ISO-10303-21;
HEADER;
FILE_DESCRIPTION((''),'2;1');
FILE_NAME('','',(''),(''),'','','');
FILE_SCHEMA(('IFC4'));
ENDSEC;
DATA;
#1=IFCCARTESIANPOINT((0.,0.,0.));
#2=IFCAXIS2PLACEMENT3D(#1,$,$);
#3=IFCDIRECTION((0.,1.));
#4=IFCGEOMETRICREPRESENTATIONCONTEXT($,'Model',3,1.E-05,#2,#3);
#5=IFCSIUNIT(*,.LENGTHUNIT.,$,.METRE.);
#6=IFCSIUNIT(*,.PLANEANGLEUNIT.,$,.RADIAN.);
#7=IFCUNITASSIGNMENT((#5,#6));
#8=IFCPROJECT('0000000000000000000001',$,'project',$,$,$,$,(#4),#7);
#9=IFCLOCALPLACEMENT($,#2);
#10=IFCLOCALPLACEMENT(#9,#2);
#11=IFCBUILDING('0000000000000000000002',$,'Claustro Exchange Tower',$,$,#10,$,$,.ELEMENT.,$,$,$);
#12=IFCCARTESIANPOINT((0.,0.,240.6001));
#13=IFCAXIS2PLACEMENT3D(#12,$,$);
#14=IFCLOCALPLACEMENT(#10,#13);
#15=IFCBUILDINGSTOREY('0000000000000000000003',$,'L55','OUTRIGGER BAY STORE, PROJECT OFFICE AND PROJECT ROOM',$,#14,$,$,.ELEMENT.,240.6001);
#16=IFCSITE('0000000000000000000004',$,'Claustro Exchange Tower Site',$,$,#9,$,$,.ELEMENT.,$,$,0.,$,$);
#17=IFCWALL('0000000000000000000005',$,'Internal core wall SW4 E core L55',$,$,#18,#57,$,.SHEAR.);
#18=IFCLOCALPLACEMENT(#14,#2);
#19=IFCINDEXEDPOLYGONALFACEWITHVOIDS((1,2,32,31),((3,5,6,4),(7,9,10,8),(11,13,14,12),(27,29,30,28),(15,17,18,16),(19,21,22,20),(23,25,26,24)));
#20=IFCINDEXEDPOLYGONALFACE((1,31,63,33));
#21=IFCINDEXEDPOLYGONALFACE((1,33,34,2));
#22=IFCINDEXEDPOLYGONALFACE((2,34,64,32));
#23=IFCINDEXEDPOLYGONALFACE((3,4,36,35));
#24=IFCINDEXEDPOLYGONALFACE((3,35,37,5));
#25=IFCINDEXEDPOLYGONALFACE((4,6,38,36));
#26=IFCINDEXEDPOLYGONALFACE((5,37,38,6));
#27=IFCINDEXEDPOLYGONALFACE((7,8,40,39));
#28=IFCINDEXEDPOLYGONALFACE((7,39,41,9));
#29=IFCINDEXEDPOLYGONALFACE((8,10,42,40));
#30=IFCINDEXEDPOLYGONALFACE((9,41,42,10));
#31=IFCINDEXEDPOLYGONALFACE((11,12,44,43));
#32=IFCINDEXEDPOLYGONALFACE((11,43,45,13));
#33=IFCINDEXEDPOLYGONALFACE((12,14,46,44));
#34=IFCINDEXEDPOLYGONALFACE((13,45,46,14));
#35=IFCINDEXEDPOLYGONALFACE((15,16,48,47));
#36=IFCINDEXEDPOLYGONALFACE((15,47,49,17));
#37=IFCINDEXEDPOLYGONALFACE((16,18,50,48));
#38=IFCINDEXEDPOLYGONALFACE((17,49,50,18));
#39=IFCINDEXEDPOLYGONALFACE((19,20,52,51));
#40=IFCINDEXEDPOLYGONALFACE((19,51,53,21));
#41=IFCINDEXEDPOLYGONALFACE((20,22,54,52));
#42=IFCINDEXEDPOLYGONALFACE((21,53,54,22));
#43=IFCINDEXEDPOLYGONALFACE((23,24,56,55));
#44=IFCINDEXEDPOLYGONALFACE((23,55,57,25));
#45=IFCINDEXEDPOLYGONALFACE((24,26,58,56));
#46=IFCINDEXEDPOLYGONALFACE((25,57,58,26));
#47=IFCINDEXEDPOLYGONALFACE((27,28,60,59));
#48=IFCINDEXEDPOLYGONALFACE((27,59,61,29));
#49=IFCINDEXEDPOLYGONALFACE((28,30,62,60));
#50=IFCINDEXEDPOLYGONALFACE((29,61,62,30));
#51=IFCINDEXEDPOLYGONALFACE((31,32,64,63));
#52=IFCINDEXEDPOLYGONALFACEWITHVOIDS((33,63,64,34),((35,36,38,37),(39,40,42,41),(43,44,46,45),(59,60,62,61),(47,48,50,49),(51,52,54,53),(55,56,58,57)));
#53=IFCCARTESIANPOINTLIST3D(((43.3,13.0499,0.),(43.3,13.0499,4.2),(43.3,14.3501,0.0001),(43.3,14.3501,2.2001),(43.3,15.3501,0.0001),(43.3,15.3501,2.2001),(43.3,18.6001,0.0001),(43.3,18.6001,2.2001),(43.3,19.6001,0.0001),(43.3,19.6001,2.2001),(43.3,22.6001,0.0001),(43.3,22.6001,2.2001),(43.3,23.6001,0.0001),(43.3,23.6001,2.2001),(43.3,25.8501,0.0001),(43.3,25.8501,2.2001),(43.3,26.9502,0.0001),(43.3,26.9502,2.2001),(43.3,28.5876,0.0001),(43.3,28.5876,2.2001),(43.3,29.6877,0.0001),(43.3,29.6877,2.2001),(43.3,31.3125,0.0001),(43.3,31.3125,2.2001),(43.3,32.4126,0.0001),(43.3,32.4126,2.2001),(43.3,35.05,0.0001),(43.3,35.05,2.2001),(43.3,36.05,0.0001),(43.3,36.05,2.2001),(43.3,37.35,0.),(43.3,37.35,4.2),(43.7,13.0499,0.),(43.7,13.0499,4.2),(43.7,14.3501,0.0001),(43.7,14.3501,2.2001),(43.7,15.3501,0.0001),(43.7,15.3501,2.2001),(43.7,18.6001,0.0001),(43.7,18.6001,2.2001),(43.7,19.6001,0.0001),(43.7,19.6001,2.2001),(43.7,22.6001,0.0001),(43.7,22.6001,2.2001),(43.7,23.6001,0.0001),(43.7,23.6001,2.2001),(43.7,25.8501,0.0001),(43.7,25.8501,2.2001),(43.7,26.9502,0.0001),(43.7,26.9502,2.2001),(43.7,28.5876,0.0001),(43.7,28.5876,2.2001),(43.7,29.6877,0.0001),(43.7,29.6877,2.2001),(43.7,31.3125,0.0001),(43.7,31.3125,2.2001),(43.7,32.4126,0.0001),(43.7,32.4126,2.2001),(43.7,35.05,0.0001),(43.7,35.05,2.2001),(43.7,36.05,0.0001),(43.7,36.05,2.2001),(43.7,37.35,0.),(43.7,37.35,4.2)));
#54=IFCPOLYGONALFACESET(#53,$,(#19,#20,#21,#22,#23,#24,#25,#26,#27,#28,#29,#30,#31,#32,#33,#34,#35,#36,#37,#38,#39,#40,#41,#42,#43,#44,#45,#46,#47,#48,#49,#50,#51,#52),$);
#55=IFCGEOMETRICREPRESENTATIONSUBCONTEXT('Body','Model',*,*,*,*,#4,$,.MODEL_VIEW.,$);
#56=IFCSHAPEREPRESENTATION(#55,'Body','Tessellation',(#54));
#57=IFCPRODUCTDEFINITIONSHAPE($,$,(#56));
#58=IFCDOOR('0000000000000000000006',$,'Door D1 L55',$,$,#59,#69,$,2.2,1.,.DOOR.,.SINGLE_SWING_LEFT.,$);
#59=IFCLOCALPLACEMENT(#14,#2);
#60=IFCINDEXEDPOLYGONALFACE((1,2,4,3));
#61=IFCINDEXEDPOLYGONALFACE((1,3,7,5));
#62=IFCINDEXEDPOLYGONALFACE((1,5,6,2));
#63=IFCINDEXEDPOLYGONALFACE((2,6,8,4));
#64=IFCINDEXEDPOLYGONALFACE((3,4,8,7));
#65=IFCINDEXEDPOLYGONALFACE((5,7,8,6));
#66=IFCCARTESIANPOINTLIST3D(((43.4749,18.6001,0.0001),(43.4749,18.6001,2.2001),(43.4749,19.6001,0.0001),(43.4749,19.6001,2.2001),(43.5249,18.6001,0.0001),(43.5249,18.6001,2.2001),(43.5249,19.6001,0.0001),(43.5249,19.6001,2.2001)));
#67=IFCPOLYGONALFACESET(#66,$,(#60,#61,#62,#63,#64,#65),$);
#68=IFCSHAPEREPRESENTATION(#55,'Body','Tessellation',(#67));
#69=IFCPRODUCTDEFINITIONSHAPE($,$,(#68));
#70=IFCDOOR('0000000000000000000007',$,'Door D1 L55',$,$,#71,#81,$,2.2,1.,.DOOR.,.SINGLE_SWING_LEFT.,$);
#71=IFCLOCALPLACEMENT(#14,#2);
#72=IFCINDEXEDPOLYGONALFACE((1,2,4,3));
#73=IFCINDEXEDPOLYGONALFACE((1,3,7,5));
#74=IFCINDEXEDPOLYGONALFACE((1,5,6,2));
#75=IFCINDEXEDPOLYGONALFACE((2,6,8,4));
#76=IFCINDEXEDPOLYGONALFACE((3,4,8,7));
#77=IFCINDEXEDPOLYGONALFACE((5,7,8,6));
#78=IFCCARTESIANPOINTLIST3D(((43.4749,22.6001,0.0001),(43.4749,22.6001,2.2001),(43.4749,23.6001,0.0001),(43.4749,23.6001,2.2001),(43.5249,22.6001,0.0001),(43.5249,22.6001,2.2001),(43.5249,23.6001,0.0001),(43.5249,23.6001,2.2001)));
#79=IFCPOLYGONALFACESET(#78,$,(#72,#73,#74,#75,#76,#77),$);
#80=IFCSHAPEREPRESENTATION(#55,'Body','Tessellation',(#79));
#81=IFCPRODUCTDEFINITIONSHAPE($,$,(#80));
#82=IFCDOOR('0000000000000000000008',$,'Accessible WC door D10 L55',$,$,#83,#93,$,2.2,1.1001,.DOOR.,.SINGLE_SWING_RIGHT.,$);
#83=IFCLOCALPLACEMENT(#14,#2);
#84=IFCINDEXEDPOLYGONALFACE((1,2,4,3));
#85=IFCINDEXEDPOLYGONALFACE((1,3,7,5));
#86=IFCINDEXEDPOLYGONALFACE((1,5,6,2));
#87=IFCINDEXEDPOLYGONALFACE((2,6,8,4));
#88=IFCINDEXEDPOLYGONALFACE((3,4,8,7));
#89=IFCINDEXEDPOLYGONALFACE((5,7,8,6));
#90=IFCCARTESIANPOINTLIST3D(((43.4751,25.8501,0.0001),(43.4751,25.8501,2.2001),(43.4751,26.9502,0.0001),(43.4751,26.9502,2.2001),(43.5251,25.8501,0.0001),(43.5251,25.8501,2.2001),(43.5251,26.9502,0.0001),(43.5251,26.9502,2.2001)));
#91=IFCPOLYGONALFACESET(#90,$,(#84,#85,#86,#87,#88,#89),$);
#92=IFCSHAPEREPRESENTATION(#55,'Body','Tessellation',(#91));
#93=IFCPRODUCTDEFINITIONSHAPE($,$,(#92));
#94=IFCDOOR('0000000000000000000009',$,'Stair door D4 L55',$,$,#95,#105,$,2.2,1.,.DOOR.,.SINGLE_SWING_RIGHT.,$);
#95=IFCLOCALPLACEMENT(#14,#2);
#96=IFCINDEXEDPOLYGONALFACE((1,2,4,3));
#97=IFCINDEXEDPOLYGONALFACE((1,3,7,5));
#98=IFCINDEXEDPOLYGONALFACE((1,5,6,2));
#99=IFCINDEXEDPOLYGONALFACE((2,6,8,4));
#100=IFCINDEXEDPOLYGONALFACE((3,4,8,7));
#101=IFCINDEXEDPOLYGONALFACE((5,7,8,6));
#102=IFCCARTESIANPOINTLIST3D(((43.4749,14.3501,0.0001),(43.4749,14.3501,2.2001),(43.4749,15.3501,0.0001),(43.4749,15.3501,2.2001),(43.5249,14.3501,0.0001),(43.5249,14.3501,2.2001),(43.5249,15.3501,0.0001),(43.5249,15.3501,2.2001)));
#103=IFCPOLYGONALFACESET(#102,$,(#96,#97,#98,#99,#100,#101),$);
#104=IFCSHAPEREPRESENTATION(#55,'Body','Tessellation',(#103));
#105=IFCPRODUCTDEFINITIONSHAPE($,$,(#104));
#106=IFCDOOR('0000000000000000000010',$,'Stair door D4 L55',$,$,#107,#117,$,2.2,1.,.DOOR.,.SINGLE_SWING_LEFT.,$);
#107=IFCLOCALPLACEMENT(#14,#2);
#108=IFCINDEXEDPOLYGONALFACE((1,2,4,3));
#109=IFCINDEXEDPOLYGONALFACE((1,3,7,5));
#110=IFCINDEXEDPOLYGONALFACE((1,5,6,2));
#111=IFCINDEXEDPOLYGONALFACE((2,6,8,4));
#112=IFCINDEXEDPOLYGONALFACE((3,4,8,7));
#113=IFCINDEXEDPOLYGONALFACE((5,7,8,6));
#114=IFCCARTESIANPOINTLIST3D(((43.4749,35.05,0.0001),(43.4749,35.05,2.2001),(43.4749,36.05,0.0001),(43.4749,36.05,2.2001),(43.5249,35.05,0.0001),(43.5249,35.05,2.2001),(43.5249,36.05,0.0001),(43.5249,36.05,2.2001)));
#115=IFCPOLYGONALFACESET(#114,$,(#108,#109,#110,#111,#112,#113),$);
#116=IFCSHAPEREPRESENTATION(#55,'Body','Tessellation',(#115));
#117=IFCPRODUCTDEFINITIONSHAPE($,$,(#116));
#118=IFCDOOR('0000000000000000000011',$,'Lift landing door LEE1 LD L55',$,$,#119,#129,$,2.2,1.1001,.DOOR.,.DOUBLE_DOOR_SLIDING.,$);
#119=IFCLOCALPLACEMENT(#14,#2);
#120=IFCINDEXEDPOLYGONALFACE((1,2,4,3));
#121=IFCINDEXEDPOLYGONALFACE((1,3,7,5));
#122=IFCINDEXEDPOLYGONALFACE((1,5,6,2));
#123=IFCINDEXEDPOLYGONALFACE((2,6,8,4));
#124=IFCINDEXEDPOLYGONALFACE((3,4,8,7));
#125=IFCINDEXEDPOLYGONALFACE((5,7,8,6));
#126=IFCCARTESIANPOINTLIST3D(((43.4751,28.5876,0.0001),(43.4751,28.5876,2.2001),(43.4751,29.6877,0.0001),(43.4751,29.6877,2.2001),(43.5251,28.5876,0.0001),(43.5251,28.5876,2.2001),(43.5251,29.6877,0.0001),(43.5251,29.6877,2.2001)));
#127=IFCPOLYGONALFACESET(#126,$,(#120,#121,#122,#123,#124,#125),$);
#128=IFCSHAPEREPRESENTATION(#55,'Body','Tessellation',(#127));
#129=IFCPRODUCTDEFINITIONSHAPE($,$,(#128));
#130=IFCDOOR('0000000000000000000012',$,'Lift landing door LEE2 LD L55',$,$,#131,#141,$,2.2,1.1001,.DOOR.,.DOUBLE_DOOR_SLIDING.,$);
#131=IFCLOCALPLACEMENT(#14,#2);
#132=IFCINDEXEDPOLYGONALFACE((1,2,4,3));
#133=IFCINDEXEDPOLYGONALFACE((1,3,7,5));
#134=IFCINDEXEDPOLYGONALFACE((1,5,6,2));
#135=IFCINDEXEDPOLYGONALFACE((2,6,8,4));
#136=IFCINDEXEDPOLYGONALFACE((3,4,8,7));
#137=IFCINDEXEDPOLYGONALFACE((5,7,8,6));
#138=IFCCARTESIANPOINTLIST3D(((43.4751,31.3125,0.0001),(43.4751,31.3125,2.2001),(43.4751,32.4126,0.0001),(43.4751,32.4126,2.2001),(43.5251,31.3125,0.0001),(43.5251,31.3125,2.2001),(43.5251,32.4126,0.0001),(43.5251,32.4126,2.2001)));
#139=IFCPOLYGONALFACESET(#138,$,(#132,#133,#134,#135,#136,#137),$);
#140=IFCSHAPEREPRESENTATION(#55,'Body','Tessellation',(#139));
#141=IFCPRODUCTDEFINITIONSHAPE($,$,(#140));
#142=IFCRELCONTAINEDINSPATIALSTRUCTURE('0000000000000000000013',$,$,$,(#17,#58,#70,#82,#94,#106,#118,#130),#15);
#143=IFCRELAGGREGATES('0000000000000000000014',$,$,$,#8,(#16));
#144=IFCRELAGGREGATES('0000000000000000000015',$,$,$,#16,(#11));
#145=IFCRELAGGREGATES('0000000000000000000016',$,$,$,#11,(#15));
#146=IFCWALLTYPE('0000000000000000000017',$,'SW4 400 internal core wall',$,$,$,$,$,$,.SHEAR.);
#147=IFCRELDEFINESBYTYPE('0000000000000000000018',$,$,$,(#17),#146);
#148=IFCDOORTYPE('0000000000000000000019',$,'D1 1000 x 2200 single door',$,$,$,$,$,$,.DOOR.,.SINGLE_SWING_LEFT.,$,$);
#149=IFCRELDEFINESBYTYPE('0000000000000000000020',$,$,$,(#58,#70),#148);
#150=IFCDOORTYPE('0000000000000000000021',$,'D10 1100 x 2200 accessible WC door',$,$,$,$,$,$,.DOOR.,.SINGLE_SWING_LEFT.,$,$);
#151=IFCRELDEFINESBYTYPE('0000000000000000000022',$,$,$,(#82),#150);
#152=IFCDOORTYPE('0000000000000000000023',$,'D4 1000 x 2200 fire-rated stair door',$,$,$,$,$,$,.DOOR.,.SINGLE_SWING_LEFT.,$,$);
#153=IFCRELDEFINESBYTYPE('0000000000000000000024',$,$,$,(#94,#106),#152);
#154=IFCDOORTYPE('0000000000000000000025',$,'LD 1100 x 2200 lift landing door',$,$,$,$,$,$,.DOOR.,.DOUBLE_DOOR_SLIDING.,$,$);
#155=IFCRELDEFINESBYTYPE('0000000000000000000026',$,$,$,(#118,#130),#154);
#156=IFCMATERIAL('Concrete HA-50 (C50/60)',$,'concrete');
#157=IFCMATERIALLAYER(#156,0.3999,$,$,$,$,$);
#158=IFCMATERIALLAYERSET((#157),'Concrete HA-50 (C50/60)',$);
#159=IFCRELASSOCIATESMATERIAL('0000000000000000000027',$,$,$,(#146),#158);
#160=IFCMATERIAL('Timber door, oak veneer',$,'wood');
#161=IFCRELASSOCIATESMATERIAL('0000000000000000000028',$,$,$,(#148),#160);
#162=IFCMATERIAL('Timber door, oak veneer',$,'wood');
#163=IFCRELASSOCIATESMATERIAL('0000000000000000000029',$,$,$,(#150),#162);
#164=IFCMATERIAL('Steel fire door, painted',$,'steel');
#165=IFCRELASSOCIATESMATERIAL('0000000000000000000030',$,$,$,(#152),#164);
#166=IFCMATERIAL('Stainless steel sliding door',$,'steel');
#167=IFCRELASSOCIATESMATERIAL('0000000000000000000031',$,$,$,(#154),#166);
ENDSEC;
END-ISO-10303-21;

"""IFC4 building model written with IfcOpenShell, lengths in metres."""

from ifc_helpers import new_model, si_unit, direction, frame, frame_2d, origin, place, context, subcontext, project, spatial, rectangle, extrude, material, layer, layer_set, type_object, element, fill, save


model = new_model("IFC4")

# Units and contexts
model_context = context("Model", 3, precision=1e-05, world=origin(), true_north=direction((0.0, 1.0)))
body_context = subcontext(model_context, "Body", "Model", "MODEL_VIEW")
ifc_project = project(units=[si_unit("LENGTHUNIT", "METRE"), si_unit("PLANEANGLEUNIT", "RADIAN")], contexts=[model_context])

# Site, building, storey
site_placement = place(None, origin())
site = spatial("IfcSite", under=ifc_project, at=site_placement, Name="Claustro Exchange Tower Site", CompositionType="ELEMENT", RefElevation=0.0)
building_placement = place(site_placement, origin())
building = spatial("IfcBuilding", under=site, at=building_placement, Name="Claustro Exchange Tower", CompositionType="ELEMENT")
storey_placement = place(building_placement, frame((0.0, 0.0, 240.6001)))
storey = spatial("IfcBuildingStorey", under=building, at=storey_placement, Name="L55", Description="OUTRIGGER BAY STORE, PROJECT OFFICE AND PROJECT ROOM", CompositionType="ELEMENT", Elevation=240.6001)

# Wall, openings, doors
ifc_material_1 = material(Name="Concrete HA-50 (C50/60)", Category="concrete")
ifc_layer_1 = layer(ifc_material_1, 0.3999)
ifc_layer_set_1 = layer_set([ifc_layer_1], Name="Concrete HA-50 (C50/60)")
wall_type_1 = type_object("IfcWallType", Name="SW4 400 internal core wall", PredefinedType="SHEAR", material=ifc_layer_set_1)
wall_1_placement = place(storey_placement, frame((43.5, 13.05, 0.0), z_axis=(0.0, 0.0, 1.0), x_axis=(0.0, 1.0, 0.0)))
wall_1 = element("IfcWall", 1, at=wall_1_placement, inside=storey, type_object=wall_type_1, Name="Internal core wall SW4 E core L55", PredefinedType="SHEAR", context=body_context, shape_type="SweptSolid", body=[
    extrude(rectangle(XDim=24.3, YDim=0.3999, at=frame_2d((12.1499, 0.0))), origin(), (0.0, 0.0, 1.0), 4.2),
])
opening_1_placement = place(wall_1_placement, frame((1.3, 0.0, 0.0)))
opening_1 = element("IfcOpeningElement", 2, at=opening_1_placement, cuts=wall_1, PredefinedType="OPENING", context=body_context, shape_type="SweptSolid", body=[
    extrude(rectangle(XDim=1.0, YDim=2.2, at=frame_2d((0.5, 1.1001))), frame((0.0, 0.21, 0.0), z_axis=(0.0, -1.0, 0.0), x_axis=(1.0, 0.0, 0.0)), (0.0, 0.0, 1.0), 0.4199),
])
opening_2_placement = place(wall_1_placement, frame((22.0, 0.0, 0.0)))
opening_2 = element("IfcOpeningElement", 3, at=opening_2_placement, cuts=wall_1, PredefinedType="OPENING", context=body_context, shape_type="SweptSolid", body=[
    extrude(rectangle(XDim=1.0, YDim=2.2, at=frame_2d((0.5, 1.1001))), frame((0.0, 0.21, 0.0), z_axis=(0.0, -1.0, 0.0), x_axis=(1.0, 0.0, 0.0)), (0.0, 0.0, 1.0), 0.4199),
])
opening_3_placement = place(wall_1_placement, frame((5.55, 0.0, 0.0)))
opening_3 = element("IfcOpeningElement", 4, at=opening_3_placement, cuts=wall_1, PredefinedType="OPENING", context=body_context, shape_type="SweptSolid", body=[
    extrude(rectangle(XDim=1.0, YDim=2.2, at=frame_2d((0.5, 1.1001))), frame((0.0, 0.21, 0.0), z_axis=(0.0, -1.0, 0.0), x_axis=(1.0, 0.0, 0.0)), (0.0, 0.0, 1.0), 0.4199),
])
opening_4_placement = place(wall_1_placement, frame((9.55, 0.0, 0.0)))
opening_4 = element("IfcOpeningElement", 5, at=opening_4_placement, cuts=wall_1, PredefinedType="OPENING", context=body_context, shape_type="SweptSolid", body=[
    extrude(rectangle(XDim=1.0, YDim=2.2, at=frame_2d((0.5, 1.1001))), frame((0.0, 0.21, 0.0), z_axis=(0.0, -1.0, 0.0), x_axis=(1.0, 0.0, 0.0)), (0.0, 0.0, 1.0), 0.4199),
])
opening_5_placement = place(wall_1_placement, frame((12.8, 0.0, 0.0)))
opening_5 = element("IfcOpeningElement", 6, at=opening_5_placement, cuts=wall_1, PredefinedType="OPENING", context=body_context, shape_type="SweptSolid", body=[
    extrude(rectangle(XDim=1.1001, YDim=2.2, at=frame_2d((0.55, 1.1001))), frame((0.0, 0.21, 0.0), z_axis=(0.0, -1.0, 0.0), x_axis=(1.0, 0.0, 0.0)), (0.0, 0.0, 1.0), 0.4199),
])
opening_6_placement = place(wall_1_placement, frame((15.5376, 0.0, 0.0)))
opening_6 = element("IfcOpeningElement", 7, at=opening_6_placement, cuts=wall_1, PredefinedType="OPENING", context=body_context, shape_type="SweptSolid", body=[
    extrude(rectangle(XDim=1.1001, YDim=2.2, at=frame_2d((0.55, 1.1001))), frame((0.0, 0.21, 0.0), z_axis=(0.0, -1.0, 0.0), x_axis=(1.0, 0.0, 0.0)), (0.0, 0.0, 1.0), 0.4199),
])
opening_7_placement = place(wall_1_placement, frame((18.2625, 0.0, 0.0)))
opening_7 = element("IfcOpeningElement", 8, at=opening_7_placement, cuts=wall_1, PredefinedType="OPENING", context=body_context, shape_type="SweptSolid", body=[
    extrude(rectangle(XDim=1.1001, YDim=2.2, at=frame_2d((0.55, 1.1001))), frame((0.0, 0.21, 0.0), z_axis=(0.0, -1.0, 0.0), x_axis=(1.0, 0.0, 0.0)), (0.0, 0.0, 1.0), 0.4199),
])
ifc_material_2 = material(Name="Timber door, oak veneer", Category="wood")
door_type_1 = type_object("IfcDoorType", Name="D1 1000 x 2200 single door", OperationType="SINGLE_SWING_LEFT", PredefinedType="DOOR", material=ifc_material_2)
door_1_placement = place(opening_3_placement, frame((1.0, 0.0, 0.0), z_axis=(0.0, 0.0, 1.0), x_axis=(-1.0, 0.0, 0.0)))
door_1 = element("IfcDoor", 9, at=door_1_placement, inside=storey, type_object=door_type_1, Name="Door D1 L55", OperationType="SINGLE_SWING_LEFT", OverallHeight=2.2, OverallWidth=1.0, PredefinedType="DOOR", context=body_context, shape_type="SweptSolid", body=[
    extrude(rectangle(XDim=1.0, YDim=2.2, at=frame_2d((0.5, 1.1001))), frame((0.0, 0.0249, 0.0), z_axis=(0.0, -1.0, 0.0), x_axis=(1.0, 0.0, 0.0)), (0.0, 0.0, 1.0), 0.05),
])
fill(opening_3, door_1)
door_2_placement = place(opening_4_placement, frame((1.0, 0.0, 0.0), z_axis=(0.0, 0.0, 1.0), x_axis=(-1.0, 0.0, 0.0)))
door_2 = element("IfcDoor", 10, at=door_2_placement, inside=storey, type_object=door_type_1, Name="Door D1 L55", OperationType="SINGLE_SWING_LEFT", OverallHeight=2.2, OverallWidth=1.0, PredefinedType="DOOR", context=body_context, shape_type="SweptSolid", body=[
    extrude(rectangle(XDim=1.0, YDim=2.2, at=frame_2d((0.5, 1.1001))), frame((0.0, 0.0249, 0.0), z_axis=(0.0, -1.0, 0.0), x_axis=(1.0, 0.0, 0.0)), (0.0, 0.0, 1.0), 0.05),
])
fill(opening_4, door_2)
ifc_material_3 = material(Name="Timber door, oak veneer", Category="wood")
door_type_2 = type_object("IfcDoorType", Name="D10 1100 x 2200 accessible WC door", OperationType="SINGLE_SWING_LEFT", PredefinedType="DOOR", material=ifc_material_3)
door_3_placement = place(opening_5_placement, origin())
door_3 = element("IfcDoor", 11, at=door_3_placement, inside=storey, type_object=door_type_2, Name="Accessible WC door D10 L55", OperationType="SINGLE_SWING_RIGHT", OverallHeight=2.2, OverallWidth=1.1001, PredefinedType="DOOR", context=body_context, shape_type="SweptSolid", body=[
    extrude(rectangle(XDim=1.1001, YDim=2.2, at=frame_2d((0.55, 1.1001))), frame((0.0, 0.0249, 0.0), z_axis=(0.0, -1.0, 0.0), x_axis=(1.0, 0.0, 0.0)), (0.0, 0.0, 1.0), 0.05),
])
fill(opening_5, door_3)
ifc_material_4 = material(Name="Steel fire door, painted", Category="steel")
door_type_3 = type_object("IfcDoorType", Name="D4 1000 x 2200 fire-rated stair door", OperationType="SINGLE_SWING_LEFT", PredefinedType="DOOR", material=ifc_material_4)
door_4_placement = place(opening_1_placement, frame((1.0, 0.0, 0.0), z_axis=(0.0, 0.0, 1.0), x_axis=(-1.0, 0.0, 0.0)))
door_4 = element("IfcDoor", 12, at=door_4_placement, inside=storey, type_object=door_type_3, Name="Stair door D4 L55", OperationType="SINGLE_SWING_RIGHT", OverallHeight=2.2, OverallWidth=1.0, PredefinedType="DOOR", context=body_context, shape_type="SweptSolid", body=[
    extrude(rectangle(XDim=1.0, YDim=2.2, at=frame_2d((0.5, 1.1001))), frame((0.0, 0.0249, 0.0), z_axis=(0.0, -1.0, 0.0), x_axis=(1.0, 0.0, 0.0)), (0.0, 0.0, 1.0), 0.05),
])
fill(opening_1, door_4)
door_5_placement = place(opening_2_placement, frame((1.0, 0.0, 0.0), z_axis=(0.0, 0.0, 1.0), x_axis=(-1.0, 0.0, 0.0)))
door_5 = element("IfcDoor", 13, at=door_5_placement, inside=storey, type_object=door_type_3, Name="Stair door D4 L55", OperationType="SINGLE_SWING_LEFT", OverallHeight=2.2, OverallWidth=1.0, PredefinedType="DOOR", context=body_context, shape_type="SweptSolid", body=[
    extrude(rectangle(XDim=1.0, YDim=2.2, at=frame_2d((0.5, 1.1001))), frame((0.0, 0.0249, 0.0), z_axis=(0.0, -1.0, 0.0), x_axis=(1.0, 0.0, 0.0)), (0.0, 0.0, 1.0), 0.05),
])
fill(opening_2, door_5)
ifc_material_5 = material(Name="Stainless steel sliding door", Category="steel")
door_type_4 = type_object("IfcDoorType", Name="LD 1100 x 2200 lift landing door", OperationType="DOUBLE_DOOR_SLIDING", PredefinedType="DOOR", material=ifc_material_5)
door_6_placement = place(opening_6_placement, origin())
door_6 = element("IfcDoor", 14, at=door_6_placement, inside=storey, type_object=door_type_4, Name="Lift landing door LEE1 LD L55", OperationType="DOUBLE_DOOR_SLIDING", OverallHeight=2.2, OverallWidth=1.1001, PredefinedType="DOOR", context=body_context, shape_type="SweptSolid", body=[
    extrude(rectangle(XDim=1.1001, YDim=2.2, at=frame_2d((0.55, 1.1001))), frame((0.0, 0.0249, 0.0), z_axis=(0.0, -1.0, 0.0), x_axis=(1.0, 0.0, 0.0)), (0.0, 0.0, 1.0), 0.05),
])
fill(opening_6, door_6)
door_7_placement = place(opening_7_placement, origin())
door_7 = element("IfcDoor", 15, at=door_7_placement, inside=storey, type_object=door_type_4, Name="Lift landing door LEE2 LD L55", OperationType="DOUBLE_DOOR_SLIDING", OverallHeight=2.2, OverallWidth=1.1001, PredefinedType="DOOR", context=body_context, shape_type="SweptSolid", body=[
    extrude(rectangle(XDim=1.1001, YDim=2.2, at=frame_2d((0.55, 1.1001))), frame((0.0, 0.0249, 0.0), z_axis=(0.0, -1.0, 0.0), x_axis=(1.0, 0.0, 0.0)), (0.0, 0.0, 1.0), 0.05),
])
fill(opening_7, door_7)

save(model, "model.ifc")
